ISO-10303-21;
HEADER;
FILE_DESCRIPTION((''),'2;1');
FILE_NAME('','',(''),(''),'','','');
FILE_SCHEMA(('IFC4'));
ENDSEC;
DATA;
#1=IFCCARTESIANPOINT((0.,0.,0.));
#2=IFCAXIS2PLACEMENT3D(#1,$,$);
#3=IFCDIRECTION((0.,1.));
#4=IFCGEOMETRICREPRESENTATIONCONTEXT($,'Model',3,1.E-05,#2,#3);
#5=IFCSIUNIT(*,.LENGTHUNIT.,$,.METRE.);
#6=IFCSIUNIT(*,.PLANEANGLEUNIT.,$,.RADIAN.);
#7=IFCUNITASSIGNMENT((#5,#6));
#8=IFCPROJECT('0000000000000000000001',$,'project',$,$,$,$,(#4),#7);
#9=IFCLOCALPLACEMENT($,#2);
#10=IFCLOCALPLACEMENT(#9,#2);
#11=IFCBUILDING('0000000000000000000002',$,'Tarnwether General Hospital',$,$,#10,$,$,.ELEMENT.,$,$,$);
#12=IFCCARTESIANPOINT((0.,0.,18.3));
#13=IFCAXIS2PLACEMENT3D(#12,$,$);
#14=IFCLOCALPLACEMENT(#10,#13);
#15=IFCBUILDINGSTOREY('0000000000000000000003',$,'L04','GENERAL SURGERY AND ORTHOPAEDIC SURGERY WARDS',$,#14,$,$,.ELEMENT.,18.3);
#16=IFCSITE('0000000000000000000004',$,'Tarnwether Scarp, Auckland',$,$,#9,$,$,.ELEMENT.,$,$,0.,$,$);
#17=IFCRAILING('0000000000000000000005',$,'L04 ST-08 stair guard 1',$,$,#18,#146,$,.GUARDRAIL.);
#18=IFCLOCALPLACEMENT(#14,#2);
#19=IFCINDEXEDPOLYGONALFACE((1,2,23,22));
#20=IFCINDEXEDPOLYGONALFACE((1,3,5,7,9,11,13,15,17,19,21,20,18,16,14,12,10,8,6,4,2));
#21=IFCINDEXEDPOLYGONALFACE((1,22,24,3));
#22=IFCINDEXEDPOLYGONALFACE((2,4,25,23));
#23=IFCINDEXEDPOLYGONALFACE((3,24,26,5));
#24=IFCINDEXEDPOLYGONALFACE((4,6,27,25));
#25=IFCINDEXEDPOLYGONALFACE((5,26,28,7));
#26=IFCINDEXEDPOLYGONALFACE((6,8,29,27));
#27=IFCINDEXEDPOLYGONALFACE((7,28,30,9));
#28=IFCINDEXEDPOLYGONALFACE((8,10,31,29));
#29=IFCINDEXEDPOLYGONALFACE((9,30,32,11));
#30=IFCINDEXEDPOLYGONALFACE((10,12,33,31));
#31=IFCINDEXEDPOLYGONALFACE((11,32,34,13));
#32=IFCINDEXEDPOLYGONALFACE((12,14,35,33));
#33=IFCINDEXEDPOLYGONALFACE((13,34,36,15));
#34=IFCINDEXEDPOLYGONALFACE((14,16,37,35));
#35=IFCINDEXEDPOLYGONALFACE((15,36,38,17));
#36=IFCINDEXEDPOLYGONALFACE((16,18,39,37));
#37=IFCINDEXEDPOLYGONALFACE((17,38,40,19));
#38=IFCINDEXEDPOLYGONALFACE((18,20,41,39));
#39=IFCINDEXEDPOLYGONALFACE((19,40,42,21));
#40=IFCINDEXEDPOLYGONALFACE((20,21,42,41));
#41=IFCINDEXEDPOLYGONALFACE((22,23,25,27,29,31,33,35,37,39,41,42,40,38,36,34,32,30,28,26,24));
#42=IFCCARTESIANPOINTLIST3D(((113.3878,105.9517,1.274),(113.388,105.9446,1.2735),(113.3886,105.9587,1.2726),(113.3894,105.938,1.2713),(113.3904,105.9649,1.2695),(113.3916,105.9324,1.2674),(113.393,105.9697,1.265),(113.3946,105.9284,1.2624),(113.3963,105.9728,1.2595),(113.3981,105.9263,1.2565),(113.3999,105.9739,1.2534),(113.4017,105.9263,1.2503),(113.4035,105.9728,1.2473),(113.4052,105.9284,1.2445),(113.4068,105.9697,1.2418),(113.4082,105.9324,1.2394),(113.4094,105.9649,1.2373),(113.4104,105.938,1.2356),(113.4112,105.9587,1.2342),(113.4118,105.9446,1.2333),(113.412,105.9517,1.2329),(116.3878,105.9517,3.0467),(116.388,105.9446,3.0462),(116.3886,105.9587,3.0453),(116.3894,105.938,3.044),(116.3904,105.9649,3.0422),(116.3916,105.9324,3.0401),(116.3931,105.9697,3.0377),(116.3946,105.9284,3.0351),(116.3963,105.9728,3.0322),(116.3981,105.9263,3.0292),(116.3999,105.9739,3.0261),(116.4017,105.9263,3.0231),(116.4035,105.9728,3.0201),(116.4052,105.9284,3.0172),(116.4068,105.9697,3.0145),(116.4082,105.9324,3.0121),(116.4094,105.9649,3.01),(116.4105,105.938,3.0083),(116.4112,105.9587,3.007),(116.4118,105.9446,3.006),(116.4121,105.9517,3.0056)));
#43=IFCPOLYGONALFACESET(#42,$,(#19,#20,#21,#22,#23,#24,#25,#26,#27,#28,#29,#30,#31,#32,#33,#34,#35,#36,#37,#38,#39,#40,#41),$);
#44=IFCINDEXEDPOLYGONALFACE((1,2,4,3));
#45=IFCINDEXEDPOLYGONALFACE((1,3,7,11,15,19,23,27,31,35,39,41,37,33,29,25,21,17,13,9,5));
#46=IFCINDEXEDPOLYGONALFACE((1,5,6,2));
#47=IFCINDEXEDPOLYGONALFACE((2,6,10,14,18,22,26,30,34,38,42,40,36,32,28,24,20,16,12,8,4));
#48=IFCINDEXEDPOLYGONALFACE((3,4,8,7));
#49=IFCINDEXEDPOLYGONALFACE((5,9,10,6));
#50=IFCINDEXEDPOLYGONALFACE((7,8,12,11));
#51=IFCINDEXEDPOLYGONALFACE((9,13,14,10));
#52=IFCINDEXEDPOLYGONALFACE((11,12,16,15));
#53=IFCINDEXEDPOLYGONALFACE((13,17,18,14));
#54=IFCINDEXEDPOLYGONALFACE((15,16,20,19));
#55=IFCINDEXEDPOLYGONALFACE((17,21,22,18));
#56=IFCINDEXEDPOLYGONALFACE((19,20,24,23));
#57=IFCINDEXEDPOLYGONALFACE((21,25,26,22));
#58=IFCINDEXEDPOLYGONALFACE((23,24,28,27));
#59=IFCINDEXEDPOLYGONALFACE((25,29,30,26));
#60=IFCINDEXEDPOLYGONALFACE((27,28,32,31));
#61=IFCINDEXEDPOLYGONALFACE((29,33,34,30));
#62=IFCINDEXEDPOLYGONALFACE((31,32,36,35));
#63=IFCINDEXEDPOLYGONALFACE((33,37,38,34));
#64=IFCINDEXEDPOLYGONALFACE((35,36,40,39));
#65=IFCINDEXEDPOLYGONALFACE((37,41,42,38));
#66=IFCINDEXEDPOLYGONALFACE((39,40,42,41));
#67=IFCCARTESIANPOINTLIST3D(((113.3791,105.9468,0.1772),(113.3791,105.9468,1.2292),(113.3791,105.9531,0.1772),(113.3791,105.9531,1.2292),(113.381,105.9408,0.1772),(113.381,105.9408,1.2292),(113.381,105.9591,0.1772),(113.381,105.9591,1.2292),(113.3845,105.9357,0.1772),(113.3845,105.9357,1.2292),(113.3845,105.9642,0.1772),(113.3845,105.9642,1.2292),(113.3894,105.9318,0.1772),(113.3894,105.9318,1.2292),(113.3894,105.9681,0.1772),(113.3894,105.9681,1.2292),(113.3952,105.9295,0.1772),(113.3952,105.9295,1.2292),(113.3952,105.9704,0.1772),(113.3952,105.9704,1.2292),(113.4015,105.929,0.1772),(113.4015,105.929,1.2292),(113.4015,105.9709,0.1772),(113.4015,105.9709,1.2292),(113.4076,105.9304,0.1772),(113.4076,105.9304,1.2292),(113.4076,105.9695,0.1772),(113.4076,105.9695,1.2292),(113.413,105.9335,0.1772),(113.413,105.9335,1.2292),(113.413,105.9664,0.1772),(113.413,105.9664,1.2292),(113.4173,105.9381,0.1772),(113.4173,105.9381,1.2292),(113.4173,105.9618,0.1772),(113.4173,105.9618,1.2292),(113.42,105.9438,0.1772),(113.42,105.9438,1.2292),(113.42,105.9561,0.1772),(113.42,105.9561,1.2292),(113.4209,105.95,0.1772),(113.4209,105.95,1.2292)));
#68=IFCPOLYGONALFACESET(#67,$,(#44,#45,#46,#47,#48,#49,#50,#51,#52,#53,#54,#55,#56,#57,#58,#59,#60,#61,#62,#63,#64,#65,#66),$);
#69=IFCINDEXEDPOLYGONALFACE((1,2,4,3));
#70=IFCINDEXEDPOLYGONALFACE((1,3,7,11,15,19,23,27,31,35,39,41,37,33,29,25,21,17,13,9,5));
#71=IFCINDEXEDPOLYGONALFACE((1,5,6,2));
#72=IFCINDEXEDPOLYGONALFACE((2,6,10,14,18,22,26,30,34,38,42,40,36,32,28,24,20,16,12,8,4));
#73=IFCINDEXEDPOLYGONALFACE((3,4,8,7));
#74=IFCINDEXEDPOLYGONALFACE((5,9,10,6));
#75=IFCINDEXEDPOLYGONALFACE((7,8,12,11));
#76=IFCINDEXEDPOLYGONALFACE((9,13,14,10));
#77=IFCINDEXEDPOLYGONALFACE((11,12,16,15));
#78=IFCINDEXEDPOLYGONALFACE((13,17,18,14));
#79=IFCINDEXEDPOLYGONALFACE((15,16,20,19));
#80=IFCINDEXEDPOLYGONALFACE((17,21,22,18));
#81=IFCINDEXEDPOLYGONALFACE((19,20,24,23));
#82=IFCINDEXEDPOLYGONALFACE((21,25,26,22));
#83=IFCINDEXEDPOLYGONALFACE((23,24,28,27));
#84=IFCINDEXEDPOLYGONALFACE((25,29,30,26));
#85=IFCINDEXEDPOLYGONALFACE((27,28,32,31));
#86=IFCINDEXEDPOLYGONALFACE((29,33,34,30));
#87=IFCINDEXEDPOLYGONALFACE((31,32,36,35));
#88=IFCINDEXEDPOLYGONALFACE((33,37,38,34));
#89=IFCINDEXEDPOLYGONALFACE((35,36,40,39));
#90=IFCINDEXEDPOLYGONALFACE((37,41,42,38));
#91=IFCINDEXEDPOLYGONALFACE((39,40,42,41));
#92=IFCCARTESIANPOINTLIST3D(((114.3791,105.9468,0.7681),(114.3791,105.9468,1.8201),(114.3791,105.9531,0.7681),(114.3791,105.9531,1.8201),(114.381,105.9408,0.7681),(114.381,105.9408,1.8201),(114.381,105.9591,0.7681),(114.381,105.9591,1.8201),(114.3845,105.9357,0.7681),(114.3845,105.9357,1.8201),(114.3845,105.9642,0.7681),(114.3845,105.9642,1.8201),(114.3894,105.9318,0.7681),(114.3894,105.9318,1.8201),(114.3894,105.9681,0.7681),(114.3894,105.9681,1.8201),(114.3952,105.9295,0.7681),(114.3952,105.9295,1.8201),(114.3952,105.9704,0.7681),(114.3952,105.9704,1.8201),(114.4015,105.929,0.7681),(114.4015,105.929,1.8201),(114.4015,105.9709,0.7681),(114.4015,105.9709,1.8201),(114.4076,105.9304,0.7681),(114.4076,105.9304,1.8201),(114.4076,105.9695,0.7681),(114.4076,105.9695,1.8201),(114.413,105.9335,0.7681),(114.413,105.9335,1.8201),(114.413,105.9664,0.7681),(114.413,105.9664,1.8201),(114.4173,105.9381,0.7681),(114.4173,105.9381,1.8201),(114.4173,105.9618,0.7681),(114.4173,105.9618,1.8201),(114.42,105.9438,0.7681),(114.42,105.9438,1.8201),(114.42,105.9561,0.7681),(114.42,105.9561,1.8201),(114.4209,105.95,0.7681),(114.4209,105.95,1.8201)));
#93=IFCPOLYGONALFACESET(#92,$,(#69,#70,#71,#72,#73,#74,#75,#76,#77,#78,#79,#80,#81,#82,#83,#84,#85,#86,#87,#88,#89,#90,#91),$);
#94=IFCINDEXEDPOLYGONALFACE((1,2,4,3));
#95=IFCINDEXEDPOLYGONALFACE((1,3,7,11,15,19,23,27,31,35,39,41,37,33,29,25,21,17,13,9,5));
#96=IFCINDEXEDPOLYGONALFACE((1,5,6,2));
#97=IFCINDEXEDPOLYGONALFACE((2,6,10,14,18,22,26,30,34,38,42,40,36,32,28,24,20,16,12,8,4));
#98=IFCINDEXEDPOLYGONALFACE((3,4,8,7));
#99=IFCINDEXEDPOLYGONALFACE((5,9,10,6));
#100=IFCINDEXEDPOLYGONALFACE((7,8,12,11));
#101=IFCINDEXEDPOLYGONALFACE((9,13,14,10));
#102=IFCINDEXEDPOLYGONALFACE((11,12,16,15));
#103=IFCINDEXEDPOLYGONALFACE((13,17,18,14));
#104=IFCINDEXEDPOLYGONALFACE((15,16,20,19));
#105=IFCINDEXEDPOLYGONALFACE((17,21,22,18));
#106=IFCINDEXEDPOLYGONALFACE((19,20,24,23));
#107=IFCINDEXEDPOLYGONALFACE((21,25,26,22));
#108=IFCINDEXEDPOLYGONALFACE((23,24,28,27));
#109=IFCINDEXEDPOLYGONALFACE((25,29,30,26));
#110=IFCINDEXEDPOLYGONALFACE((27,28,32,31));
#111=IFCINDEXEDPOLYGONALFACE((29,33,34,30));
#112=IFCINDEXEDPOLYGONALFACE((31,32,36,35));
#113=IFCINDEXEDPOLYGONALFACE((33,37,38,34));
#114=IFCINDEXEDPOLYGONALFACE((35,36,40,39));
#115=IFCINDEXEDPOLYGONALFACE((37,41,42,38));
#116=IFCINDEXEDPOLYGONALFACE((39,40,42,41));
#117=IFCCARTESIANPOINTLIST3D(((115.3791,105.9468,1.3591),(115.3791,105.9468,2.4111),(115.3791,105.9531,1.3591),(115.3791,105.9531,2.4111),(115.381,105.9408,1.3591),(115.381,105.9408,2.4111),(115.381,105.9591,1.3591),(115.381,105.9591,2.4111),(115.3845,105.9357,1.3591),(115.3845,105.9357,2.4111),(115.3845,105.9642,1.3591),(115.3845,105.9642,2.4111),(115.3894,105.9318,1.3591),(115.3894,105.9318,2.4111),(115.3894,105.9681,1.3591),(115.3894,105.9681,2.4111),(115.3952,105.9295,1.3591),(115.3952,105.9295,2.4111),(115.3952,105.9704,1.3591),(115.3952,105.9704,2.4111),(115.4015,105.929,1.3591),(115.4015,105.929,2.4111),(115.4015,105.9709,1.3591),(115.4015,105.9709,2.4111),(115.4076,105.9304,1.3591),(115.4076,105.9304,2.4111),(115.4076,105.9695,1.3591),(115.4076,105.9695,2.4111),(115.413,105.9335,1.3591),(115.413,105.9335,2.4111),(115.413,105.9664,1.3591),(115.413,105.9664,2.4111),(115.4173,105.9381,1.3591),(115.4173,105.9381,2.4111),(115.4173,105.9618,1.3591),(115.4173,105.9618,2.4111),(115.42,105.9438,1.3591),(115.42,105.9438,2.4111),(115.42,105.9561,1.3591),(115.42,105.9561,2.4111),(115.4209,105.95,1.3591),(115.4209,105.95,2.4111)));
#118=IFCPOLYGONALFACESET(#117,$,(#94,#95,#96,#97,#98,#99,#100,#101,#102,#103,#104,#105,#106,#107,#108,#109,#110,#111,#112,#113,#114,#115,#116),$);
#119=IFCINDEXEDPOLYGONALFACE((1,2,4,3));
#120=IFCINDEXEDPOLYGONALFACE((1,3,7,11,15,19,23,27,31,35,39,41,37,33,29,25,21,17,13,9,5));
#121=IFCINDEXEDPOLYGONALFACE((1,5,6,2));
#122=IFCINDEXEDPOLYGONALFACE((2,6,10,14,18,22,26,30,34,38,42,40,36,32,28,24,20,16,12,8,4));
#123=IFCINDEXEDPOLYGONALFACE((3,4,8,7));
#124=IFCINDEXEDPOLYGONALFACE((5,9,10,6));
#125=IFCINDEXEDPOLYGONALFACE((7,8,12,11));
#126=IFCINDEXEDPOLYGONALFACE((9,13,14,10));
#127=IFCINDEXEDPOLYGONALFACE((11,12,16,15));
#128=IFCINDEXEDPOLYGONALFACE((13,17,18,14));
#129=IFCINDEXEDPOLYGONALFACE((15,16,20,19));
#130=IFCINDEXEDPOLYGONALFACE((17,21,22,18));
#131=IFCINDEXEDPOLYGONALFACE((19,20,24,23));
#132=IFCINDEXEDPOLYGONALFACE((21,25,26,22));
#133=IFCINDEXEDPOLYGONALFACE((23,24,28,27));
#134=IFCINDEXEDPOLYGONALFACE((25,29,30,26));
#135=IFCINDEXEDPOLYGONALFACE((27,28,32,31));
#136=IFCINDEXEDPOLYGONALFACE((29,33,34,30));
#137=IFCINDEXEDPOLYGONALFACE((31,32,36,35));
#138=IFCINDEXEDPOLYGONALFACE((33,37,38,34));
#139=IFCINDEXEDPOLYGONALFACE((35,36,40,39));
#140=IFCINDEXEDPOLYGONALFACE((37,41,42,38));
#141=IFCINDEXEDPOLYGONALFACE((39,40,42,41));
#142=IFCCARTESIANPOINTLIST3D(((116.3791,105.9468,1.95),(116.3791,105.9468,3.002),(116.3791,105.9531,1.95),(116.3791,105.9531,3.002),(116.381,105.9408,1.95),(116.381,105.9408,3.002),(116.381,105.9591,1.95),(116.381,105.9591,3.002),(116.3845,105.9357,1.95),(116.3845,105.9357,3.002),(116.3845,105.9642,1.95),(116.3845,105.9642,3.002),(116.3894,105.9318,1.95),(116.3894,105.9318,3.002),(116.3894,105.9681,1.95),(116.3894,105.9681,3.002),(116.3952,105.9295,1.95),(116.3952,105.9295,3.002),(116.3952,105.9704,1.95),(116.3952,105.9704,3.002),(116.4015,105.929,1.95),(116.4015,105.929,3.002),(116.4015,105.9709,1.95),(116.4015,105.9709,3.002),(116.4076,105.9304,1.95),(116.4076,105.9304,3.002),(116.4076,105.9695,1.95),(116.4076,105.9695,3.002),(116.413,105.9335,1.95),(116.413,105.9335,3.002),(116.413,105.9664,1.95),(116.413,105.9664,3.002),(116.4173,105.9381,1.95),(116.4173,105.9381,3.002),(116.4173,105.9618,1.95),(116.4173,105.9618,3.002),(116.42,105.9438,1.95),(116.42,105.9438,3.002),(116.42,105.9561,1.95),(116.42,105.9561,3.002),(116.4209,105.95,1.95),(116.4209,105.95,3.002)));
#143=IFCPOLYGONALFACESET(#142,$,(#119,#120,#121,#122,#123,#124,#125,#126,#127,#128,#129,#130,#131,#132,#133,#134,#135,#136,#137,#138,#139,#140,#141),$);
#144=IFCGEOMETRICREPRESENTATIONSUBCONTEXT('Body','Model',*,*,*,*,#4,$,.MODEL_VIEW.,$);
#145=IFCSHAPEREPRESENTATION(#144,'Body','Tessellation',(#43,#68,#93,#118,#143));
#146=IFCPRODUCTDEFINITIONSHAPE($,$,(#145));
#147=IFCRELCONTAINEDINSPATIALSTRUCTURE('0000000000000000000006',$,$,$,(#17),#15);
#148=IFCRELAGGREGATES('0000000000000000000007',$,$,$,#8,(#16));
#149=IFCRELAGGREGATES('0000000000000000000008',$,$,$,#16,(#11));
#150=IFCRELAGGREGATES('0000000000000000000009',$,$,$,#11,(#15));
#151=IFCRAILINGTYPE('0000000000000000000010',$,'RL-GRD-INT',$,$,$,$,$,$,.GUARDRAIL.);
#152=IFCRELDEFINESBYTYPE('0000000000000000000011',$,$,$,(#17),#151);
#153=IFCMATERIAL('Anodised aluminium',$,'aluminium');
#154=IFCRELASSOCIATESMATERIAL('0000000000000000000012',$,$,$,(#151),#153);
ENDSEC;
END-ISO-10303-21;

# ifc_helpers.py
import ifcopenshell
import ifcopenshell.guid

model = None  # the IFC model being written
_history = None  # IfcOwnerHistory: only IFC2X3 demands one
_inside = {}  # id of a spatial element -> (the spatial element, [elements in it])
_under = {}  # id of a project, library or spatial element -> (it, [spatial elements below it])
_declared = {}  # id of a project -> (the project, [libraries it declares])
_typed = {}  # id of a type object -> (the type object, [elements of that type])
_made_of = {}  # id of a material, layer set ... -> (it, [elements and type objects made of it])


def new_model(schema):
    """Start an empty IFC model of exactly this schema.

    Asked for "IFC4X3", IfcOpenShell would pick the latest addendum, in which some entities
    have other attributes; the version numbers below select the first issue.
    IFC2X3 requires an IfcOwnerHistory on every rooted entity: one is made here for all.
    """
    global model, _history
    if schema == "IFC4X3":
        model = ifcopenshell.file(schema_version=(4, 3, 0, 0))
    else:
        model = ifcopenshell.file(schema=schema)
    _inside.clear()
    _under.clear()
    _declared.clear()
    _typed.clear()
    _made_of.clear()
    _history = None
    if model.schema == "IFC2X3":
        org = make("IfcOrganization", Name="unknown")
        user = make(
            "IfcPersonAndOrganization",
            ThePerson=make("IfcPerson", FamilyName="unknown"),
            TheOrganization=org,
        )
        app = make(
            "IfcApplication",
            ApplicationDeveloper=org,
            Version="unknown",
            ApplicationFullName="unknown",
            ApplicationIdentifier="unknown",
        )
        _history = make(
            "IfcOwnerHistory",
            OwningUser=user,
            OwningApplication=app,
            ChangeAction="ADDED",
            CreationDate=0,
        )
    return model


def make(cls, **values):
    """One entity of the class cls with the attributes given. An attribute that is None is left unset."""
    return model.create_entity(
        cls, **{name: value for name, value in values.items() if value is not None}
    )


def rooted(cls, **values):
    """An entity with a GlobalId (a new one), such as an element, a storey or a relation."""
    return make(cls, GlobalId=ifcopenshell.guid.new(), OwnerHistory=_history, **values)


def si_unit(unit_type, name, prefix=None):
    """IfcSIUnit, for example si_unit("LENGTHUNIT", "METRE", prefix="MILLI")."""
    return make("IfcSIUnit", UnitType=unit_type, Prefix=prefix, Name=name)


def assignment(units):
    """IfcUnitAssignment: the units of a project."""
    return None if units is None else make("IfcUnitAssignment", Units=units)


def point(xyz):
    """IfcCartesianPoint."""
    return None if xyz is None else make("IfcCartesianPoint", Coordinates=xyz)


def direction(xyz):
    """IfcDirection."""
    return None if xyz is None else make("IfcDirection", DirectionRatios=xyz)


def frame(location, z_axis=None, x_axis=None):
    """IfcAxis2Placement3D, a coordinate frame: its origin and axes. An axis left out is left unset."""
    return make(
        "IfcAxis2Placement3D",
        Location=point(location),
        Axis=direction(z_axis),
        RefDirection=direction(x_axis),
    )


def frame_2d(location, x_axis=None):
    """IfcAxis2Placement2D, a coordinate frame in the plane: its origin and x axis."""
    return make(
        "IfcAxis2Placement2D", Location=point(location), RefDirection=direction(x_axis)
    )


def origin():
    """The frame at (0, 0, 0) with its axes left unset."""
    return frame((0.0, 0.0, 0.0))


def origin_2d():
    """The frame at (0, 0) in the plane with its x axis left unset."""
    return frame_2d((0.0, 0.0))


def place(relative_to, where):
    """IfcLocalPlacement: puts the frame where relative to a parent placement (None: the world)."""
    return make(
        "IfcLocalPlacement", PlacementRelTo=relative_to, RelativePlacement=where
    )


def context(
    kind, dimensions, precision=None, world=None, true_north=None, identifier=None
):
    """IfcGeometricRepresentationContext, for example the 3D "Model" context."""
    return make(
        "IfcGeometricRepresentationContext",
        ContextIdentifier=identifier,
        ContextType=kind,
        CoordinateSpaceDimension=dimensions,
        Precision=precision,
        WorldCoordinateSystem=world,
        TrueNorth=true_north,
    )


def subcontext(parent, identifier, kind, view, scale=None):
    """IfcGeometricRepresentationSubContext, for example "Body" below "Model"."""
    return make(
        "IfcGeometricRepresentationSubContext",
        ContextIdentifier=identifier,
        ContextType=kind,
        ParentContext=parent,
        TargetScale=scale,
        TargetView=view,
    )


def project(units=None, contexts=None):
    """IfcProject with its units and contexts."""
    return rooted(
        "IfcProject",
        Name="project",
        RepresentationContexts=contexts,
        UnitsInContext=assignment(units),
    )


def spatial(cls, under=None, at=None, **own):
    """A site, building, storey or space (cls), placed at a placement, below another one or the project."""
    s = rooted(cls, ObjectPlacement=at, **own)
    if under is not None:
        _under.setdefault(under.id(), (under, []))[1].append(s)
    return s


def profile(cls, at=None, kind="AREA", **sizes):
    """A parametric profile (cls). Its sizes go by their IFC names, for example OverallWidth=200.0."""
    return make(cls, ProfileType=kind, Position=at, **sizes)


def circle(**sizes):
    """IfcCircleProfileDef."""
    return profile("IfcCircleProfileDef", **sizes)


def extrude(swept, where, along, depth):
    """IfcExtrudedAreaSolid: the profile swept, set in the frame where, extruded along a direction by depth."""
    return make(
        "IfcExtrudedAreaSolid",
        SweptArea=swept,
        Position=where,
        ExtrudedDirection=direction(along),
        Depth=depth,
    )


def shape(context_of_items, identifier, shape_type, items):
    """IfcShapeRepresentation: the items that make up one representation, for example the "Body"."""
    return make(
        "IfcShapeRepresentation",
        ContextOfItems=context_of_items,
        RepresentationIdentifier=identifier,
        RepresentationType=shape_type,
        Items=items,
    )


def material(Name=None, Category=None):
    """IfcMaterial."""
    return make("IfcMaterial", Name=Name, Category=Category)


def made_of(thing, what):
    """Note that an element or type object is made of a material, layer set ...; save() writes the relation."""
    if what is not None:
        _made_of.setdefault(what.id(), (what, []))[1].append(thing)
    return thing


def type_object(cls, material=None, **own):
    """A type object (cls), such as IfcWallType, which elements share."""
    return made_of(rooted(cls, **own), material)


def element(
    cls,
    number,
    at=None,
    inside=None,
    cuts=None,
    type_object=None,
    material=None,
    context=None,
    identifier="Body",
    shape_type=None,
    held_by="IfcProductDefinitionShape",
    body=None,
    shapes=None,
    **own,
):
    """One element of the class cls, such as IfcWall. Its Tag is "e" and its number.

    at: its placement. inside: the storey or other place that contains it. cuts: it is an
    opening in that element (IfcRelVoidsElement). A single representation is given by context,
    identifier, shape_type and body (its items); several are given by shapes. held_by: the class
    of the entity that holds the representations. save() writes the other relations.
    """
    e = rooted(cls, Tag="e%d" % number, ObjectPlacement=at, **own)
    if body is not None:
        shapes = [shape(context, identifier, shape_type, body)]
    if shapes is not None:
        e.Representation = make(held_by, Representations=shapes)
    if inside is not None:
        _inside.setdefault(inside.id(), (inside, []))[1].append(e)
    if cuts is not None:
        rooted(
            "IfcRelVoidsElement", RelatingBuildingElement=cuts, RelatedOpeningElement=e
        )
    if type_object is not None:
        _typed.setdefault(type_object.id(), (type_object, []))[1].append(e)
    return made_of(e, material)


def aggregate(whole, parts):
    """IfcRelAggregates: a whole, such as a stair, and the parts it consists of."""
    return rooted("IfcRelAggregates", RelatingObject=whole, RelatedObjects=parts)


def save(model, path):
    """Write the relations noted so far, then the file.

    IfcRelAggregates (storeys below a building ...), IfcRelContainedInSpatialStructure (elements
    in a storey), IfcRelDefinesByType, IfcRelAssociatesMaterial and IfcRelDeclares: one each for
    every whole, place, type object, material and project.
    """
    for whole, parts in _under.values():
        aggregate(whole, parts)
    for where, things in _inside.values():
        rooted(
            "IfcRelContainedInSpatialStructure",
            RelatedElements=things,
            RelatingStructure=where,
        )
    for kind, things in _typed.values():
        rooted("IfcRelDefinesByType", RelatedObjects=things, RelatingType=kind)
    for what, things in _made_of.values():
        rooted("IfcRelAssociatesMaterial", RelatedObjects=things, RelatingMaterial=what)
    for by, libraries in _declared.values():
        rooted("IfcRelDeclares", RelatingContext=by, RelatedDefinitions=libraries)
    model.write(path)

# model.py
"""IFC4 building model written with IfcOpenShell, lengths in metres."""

from ifc_helpers import new_model, si_unit, direction, frame, origin, origin_2d, place, context, subcontext, project, spatial, circle, extrude, material, type_object, element, save


model = new_model("IFC4")

# Units and contexts
model_context = context("Model", 3, precision=1e-05, world=origin(), true_north=direction((0.0, 1.0)))
body_context = subcontext(model_context, "Body", "Model", "MODEL_VIEW")
ifc_project = project(units=[si_unit("LENGTHUNIT", "METRE"), si_unit("PLANEANGLEUNIT", "RADIAN")], contexts=[model_context])

# Site, building, storey
site_placement = place(None, origin())
site = spatial("IfcSite", under=ifc_project, at=site_placement, Name="Tarnwether Scarp, Auckland", CompositionType="ELEMENT", RefElevation=0.0)
building_placement = place(site_placement, origin())
building = spatial("IfcBuilding", under=site, at=building_placement, Name="Tarnwether General Hospital", CompositionType="ELEMENT")
storey_placement = place(building_placement, frame((0.0, 0.0, 18.3)))
storey = spatial("IfcBuildingStorey", under=building, at=storey_placement, Name="L04", Description="GENERAL SURGERY AND ORTHOPAEDIC SURGERY WARDS", CompositionType="ELEMENT", Elevation=18.3)

# Railing
ifc_material_1 = material(Name="Anodised aluminium", Category="aluminium")
railing_type_1 = type_object("IfcRailingType", Name="RL-GRD-INT", PredefinedType="GUARDRAIL", material=ifc_material_1)
railing_1_placement = place(storey_placement, frame((113.3999, 105.95, 0.1772)))
element("IfcRailing", 1, at=railing_1_placement, inside=storey, type_object=railing_type_1, Name="L04 ST-08 stair guard 1", PredefinedType="GUARDRAIL", context=body_context, shape_type="SweptSolid", body=[
    extrude(circle(Radius=0.0239, at=origin_2d()), frame((0.0, 0.0, 1.0762), z_axis=(0.860929, 0.0, 0.508725), x_axis=(0.0, 1.0, 0.0)), (0.0, 0.0, 1.0), 3.4846),
    extrude(circle(Radius=0.021, at=origin_2d()), origin(), (0.0, 0.0, 1.0), 1.052),
    extrude(circle(Radius=0.021, at=origin_2d()), frame((1.0, 0.0, 0.5908)), (0.0, 0.0, 1.0), 1.052),
    extrude(circle(Radius=0.021, at=origin_2d()), frame((2.0, 0.0, 1.1819)), (0.0, 0.0, 1.0), 1.052),
    extrude(circle(Radius=0.021, at=origin_2d()), frame((3.0, 0.0, 1.7727)), (0.0, 0.0, 1.0), 1.052),
])

save(model, "model.ifc")
